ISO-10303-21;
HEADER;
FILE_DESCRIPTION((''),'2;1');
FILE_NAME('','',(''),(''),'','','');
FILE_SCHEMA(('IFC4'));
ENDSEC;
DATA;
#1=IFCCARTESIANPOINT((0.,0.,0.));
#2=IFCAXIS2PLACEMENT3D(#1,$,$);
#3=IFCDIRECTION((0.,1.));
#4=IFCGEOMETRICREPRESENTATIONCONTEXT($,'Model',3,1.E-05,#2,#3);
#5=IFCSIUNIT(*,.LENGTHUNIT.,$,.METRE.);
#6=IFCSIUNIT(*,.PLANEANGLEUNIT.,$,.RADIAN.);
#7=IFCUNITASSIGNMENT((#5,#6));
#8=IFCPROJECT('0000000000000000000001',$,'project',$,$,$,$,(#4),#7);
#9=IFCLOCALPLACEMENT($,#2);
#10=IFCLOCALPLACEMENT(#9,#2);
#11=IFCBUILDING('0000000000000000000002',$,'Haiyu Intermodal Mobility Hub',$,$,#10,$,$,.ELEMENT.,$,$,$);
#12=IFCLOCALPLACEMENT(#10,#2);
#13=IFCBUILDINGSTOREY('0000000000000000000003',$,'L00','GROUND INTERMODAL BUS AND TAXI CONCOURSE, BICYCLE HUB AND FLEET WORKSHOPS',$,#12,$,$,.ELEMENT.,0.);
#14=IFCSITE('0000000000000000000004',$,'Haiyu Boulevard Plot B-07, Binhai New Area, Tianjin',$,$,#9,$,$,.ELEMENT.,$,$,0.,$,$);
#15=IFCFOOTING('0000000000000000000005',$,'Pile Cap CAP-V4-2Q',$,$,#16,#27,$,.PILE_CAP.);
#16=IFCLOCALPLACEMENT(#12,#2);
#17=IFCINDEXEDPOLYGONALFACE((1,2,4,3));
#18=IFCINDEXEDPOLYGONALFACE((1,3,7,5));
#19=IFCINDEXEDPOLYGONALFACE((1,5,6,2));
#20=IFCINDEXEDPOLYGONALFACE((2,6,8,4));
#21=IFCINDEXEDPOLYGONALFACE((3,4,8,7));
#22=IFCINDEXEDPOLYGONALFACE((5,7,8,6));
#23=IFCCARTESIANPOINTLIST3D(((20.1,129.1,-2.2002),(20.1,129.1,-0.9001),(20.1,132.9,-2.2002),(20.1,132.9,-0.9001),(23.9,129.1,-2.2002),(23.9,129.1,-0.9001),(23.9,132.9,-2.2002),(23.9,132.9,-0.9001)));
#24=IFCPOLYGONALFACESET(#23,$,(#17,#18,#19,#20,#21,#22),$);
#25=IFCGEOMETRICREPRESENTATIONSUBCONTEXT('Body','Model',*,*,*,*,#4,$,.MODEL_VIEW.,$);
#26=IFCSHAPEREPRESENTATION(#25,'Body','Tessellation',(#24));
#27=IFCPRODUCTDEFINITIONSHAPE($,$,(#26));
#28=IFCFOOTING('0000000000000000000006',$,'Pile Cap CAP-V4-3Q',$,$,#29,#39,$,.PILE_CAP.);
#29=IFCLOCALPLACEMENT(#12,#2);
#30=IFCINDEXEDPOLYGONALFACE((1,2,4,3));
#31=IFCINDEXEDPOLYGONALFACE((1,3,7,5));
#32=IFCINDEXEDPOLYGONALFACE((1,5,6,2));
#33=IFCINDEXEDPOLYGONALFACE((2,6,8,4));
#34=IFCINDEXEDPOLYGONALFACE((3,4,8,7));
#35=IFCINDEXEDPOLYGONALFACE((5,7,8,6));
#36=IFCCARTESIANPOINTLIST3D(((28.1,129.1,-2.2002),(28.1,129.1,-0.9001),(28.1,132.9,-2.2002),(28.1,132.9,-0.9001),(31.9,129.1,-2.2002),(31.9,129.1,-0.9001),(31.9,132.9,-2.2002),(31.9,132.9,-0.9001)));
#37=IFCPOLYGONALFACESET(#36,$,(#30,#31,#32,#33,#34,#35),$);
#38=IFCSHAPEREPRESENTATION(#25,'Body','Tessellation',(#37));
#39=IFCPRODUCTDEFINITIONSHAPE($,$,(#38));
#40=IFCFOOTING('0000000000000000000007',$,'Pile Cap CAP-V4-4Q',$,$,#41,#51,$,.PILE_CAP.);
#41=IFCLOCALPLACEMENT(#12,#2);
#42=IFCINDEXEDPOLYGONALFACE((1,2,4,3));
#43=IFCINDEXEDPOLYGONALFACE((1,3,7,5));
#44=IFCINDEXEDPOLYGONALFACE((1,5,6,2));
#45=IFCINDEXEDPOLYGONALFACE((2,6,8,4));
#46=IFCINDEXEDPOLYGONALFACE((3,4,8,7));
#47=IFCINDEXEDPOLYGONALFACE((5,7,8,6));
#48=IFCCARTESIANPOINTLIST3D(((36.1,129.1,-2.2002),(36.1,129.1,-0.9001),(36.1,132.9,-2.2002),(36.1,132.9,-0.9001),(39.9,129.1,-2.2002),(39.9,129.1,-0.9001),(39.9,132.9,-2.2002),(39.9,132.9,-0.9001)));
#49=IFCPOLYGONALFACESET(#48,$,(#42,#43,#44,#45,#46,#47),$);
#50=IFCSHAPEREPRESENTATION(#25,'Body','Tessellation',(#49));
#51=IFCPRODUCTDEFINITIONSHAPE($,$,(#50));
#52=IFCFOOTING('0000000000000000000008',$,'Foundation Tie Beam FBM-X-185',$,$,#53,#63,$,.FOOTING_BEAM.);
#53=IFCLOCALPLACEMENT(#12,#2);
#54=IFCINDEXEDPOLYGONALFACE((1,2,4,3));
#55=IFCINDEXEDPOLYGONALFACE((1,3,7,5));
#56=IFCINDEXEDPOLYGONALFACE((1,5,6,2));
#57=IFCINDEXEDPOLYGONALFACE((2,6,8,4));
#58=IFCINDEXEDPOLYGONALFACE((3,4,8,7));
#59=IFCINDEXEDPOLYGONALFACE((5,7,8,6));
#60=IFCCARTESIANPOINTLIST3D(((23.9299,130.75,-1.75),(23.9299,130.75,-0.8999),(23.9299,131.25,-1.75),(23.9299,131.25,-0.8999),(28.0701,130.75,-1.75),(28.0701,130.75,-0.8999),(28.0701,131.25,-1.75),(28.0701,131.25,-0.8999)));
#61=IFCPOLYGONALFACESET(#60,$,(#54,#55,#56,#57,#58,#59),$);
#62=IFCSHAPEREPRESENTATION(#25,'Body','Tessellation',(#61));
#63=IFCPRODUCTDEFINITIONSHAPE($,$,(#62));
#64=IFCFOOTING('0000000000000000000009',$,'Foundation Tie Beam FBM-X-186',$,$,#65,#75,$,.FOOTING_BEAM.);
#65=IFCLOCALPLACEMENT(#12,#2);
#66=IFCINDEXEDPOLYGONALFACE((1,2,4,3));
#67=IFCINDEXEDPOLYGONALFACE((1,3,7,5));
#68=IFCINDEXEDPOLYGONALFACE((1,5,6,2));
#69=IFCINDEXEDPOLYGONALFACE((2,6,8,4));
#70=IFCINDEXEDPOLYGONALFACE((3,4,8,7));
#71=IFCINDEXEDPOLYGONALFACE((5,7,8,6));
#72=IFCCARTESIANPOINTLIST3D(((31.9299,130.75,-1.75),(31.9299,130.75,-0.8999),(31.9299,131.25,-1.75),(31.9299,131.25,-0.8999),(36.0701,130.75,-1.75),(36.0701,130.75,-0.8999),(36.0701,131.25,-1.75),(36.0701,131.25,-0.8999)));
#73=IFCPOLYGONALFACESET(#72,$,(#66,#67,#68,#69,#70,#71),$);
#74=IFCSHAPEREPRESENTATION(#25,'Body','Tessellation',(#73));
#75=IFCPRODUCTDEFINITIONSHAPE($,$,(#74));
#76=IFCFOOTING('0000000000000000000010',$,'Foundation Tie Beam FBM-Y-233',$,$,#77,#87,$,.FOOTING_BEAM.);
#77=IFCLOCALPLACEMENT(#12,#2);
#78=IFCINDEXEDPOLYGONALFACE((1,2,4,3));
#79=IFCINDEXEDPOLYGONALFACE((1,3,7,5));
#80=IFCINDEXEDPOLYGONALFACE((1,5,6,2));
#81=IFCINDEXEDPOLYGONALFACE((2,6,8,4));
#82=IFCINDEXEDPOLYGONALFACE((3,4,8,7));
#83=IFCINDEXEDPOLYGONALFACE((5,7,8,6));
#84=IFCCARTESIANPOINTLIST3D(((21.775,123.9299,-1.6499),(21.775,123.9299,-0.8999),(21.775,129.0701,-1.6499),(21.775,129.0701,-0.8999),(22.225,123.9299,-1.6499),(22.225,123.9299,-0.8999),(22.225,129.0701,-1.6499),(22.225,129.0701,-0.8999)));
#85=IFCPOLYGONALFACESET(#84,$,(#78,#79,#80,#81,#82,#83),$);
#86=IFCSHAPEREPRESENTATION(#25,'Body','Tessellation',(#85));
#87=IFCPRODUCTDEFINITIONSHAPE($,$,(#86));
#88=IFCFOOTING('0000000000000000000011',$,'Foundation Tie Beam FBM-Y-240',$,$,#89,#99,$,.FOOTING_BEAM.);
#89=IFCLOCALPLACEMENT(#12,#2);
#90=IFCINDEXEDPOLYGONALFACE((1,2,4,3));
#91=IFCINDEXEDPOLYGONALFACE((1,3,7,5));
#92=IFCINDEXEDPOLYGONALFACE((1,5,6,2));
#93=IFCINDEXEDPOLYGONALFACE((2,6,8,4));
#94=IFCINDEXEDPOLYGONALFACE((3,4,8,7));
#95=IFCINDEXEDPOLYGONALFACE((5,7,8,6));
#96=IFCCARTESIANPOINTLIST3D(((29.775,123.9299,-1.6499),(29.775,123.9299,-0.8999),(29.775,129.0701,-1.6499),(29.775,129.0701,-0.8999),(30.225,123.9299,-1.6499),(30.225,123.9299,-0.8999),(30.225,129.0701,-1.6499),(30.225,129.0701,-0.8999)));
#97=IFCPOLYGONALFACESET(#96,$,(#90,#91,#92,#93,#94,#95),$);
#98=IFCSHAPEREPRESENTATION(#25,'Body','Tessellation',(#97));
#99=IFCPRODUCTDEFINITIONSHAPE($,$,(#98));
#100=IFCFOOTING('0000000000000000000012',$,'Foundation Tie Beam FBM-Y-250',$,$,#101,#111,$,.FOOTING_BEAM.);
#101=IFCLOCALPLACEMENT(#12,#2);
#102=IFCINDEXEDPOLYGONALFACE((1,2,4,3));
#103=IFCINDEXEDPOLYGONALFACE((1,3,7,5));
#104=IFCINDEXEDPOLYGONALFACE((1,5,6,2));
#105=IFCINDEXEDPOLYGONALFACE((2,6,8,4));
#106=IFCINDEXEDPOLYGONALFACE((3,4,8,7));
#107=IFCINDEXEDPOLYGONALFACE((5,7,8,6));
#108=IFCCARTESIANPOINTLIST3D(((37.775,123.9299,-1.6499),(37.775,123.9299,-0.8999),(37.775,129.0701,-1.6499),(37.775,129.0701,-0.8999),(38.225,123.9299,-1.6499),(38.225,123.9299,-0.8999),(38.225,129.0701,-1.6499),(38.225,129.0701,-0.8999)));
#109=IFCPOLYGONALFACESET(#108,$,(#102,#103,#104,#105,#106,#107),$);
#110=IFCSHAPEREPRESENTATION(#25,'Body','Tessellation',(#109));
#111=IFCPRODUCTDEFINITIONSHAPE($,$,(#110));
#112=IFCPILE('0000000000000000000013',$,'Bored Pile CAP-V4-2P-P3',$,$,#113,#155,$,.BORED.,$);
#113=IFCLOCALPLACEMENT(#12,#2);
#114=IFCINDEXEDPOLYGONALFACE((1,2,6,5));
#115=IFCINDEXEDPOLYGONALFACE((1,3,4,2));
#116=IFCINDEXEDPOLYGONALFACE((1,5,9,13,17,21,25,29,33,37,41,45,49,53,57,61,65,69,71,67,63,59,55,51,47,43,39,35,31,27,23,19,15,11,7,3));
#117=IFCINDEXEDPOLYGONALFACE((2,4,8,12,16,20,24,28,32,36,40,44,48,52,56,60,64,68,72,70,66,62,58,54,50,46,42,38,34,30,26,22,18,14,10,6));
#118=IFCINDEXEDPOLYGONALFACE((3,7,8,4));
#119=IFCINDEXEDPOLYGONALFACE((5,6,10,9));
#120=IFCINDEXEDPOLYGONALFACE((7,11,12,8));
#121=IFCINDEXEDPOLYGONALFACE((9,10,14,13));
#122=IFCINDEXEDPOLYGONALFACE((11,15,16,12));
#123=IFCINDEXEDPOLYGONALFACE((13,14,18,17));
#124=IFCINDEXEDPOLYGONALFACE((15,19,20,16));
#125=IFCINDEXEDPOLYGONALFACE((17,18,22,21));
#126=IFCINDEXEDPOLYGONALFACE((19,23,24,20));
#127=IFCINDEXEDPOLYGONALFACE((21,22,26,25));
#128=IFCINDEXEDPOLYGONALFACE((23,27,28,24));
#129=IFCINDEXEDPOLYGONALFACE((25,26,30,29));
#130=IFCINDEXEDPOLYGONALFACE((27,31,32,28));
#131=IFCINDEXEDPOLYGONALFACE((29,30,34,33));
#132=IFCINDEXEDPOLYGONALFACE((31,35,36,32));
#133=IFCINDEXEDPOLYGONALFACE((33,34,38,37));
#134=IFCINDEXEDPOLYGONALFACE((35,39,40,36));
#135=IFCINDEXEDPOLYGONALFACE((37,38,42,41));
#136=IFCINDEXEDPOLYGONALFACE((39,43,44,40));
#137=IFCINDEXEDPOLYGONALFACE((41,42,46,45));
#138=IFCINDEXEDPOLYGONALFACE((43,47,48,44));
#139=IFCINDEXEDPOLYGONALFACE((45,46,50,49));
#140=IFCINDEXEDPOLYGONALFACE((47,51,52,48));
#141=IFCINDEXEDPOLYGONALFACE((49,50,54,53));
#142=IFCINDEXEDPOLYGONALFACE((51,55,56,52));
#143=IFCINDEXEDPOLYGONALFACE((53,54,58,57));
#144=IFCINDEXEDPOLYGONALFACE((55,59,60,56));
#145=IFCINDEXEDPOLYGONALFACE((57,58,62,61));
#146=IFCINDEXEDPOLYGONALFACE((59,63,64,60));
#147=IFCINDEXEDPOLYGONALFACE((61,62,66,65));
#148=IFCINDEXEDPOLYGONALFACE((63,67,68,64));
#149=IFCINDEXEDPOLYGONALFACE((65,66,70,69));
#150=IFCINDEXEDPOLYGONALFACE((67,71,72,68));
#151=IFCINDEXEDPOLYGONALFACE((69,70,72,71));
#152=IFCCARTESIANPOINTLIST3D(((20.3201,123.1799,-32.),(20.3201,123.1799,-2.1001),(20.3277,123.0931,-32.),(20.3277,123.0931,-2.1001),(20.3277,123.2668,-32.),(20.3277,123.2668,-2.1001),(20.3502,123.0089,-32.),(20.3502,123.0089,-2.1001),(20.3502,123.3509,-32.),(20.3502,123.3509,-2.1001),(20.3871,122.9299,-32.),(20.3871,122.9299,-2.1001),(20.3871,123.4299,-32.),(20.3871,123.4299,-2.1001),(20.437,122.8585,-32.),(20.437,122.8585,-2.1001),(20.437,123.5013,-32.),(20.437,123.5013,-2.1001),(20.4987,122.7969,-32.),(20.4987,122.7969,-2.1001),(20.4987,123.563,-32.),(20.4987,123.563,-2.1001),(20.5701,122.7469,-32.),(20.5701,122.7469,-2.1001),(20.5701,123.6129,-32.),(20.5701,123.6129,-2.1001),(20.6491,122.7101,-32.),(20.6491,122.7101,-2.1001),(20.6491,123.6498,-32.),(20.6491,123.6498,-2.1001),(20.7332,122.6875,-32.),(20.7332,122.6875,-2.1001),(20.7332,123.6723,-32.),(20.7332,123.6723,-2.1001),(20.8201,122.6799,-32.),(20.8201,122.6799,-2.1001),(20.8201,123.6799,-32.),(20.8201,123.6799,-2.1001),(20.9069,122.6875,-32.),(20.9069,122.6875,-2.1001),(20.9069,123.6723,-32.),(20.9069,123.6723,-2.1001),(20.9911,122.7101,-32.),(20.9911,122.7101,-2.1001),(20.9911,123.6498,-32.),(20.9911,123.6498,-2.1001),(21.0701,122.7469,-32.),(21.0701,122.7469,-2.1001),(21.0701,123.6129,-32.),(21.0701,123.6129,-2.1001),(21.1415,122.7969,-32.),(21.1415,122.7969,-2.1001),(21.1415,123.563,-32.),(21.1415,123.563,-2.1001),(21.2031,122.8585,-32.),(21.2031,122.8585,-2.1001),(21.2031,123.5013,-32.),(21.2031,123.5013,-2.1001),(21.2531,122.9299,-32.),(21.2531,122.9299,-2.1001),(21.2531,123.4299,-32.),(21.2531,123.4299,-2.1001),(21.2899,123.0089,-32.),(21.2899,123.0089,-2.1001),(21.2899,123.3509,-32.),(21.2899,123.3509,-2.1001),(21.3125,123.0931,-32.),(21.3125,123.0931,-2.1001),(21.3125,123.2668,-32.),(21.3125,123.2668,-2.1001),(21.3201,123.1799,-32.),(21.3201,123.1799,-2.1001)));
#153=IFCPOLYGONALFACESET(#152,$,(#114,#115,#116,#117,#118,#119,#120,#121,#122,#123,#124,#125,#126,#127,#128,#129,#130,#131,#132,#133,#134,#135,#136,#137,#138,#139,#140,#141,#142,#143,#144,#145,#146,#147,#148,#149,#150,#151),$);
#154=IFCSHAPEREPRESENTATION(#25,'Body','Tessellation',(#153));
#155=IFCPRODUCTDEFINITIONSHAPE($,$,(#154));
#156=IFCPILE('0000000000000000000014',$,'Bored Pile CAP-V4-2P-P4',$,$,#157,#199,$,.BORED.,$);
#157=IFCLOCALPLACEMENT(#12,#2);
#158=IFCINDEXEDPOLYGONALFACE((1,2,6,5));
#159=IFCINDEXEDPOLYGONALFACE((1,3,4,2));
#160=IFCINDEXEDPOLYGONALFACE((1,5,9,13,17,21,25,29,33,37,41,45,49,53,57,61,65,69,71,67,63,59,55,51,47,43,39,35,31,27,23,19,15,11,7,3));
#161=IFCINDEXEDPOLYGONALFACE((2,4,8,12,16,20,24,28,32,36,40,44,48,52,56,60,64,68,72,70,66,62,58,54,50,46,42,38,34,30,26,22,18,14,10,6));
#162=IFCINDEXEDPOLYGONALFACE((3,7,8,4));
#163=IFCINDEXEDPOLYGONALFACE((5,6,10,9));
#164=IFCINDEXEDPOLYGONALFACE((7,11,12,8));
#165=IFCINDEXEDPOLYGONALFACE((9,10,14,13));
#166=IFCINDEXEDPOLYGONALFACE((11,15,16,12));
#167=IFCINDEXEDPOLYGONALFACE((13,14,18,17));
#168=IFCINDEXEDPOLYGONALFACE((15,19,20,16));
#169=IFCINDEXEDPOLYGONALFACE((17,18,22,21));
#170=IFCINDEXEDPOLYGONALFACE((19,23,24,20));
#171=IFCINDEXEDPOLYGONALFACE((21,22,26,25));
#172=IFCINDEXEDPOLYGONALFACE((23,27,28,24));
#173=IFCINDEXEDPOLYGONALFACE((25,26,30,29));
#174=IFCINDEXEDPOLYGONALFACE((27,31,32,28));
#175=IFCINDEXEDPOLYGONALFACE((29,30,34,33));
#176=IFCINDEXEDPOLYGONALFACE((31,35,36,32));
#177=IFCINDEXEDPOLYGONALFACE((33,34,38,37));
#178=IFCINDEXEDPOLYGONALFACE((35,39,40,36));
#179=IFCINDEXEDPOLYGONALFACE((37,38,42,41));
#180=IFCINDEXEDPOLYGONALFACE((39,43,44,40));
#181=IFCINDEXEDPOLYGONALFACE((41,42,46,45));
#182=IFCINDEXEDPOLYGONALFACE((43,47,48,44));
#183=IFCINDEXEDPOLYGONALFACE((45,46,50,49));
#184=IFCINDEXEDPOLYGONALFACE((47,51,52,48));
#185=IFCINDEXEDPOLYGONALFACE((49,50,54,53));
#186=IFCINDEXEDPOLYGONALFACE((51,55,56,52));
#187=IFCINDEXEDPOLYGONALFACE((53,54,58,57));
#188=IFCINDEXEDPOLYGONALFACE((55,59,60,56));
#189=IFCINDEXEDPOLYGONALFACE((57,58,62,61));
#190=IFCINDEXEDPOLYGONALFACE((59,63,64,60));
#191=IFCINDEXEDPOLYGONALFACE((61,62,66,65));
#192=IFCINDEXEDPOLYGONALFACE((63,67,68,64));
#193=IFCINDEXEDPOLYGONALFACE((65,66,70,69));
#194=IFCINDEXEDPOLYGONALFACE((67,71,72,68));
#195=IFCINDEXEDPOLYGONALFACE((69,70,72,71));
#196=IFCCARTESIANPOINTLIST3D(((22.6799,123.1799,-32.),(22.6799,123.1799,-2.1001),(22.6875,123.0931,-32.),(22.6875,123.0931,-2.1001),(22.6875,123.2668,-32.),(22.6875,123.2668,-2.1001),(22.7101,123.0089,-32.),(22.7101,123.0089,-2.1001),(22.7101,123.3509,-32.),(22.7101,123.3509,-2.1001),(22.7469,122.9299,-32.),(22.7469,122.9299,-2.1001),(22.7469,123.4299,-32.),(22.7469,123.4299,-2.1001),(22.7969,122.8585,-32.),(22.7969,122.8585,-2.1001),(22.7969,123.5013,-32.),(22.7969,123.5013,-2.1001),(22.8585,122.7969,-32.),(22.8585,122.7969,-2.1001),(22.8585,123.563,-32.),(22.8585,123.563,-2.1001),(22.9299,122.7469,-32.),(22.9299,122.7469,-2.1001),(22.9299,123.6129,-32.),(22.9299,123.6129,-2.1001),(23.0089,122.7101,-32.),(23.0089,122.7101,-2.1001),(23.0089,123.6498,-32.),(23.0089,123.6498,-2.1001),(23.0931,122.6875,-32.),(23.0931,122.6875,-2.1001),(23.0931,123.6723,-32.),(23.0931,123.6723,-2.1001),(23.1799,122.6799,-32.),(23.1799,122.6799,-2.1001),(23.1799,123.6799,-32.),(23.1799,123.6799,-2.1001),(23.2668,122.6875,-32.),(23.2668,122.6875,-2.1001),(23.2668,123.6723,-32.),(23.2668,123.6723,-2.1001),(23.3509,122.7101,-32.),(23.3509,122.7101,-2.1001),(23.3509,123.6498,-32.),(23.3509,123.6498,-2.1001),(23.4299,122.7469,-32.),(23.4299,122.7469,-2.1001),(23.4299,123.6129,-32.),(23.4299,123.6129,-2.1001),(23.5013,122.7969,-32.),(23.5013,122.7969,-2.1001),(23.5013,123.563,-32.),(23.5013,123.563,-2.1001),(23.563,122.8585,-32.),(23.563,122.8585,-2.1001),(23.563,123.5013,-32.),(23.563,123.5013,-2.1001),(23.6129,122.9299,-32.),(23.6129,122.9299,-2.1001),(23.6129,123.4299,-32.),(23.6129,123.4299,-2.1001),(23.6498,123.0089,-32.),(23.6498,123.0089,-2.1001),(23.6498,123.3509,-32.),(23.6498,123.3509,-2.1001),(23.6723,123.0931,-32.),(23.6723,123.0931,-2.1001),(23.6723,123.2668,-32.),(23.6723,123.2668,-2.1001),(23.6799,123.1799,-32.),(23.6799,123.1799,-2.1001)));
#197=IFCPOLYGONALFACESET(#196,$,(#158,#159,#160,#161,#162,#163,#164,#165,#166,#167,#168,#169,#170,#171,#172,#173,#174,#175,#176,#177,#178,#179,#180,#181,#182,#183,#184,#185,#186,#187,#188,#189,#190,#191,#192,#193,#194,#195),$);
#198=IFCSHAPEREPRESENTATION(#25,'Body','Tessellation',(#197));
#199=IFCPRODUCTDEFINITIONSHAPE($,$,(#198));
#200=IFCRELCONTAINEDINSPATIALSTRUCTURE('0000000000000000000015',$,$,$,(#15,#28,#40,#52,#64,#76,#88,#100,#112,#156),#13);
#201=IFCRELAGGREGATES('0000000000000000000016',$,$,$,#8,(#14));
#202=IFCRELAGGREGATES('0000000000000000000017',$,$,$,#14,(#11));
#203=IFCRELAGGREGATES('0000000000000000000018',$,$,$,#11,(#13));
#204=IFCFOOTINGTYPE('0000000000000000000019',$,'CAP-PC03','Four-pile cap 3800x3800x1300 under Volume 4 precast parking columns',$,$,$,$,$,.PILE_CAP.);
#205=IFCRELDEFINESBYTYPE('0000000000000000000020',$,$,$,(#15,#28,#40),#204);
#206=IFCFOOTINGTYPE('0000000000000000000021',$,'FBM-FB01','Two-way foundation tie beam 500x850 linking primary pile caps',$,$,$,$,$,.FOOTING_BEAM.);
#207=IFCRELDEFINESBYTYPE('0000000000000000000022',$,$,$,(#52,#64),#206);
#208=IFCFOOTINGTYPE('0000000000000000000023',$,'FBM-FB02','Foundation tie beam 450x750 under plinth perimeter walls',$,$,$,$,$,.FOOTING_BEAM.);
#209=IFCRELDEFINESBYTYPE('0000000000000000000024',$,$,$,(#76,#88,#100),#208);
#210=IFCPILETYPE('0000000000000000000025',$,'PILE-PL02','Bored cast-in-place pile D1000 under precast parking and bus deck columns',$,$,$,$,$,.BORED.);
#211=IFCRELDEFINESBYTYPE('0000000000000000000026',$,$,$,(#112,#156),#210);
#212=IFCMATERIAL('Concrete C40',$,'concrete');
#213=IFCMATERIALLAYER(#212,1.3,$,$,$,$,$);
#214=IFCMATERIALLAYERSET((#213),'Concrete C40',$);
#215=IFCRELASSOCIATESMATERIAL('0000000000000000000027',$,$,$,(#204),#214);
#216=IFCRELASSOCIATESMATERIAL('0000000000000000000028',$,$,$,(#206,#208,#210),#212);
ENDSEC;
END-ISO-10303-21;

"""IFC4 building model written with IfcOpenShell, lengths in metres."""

from ifc_helpers import new_model, si_unit, direction, frame, origin, origin_2d, place, context, subcontext, project, spatial, rectangle, circle, extrude, material, layer, layer_set, material_profile, profile_set, type_object, element, save


model = new_model("IFC4")

# Units and contexts
model_context = context("Model", 3, precision=1e-05, world=origin(), true_north=direction((0.0, 1.0)))
body_context = subcontext(model_context, "Body", "Model", "MODEL_VIEW")
ifc_project = project(units=[si_unit("LENGTHUNIT", "METRE"), si_unit("PLANEANGLEUNIT", "RADIAN")], contexts=[model_context])

# Site, building, storey
site_placement = place(None, origin())
site = spatial("IfcSite", under=ifc_project, at=site_placement, Name="Haiyu Boulevard Plot B-07, Binhai New Area, Tianjin", CompositionType="ELEMENT", RefElevation=0.0)
building_placement = place(site_placement, origin())
building = spatial("IfcBuilding", under=site, at=building_placement, Name="Haiyu Intermodal Mobility Hub", CompositionType="ELEMENT")
storey_placement = place(building_placement, origin())
storey = spatial("IfcBuildingStorey", under=building, at=storey_placement, Name="L00", Description="GROUND INTERMODAL BUS AND TAXI CONCOURSE, BICYCLE HUB AND FLEET WORKSHOPS", CompositionType="ELEMENT", Elevation=0.0)

# Footings
ifc_material_1 = material(Name="Concrete C40", Category="concrete")
ifc_layer = layer(ifc_material_1, 1.3)
ifc_layer_set = layer_set([ifc_layer], Name="Concrete C40")
footing_type_1 = type_object("IfcFootingType", Name="CAP-PC03", Description="Four-pile cap 3800x3800x1300 under Volume 4 precast parking columns", PredefinedType="PILE_CAP", material=ifc_layer_set)
for number, where, z_axis, x_axis, name in (
    (1, (22.0, 131.0, -2.2002), (0.0, 0.0, 1.0), (1.0, 0.0, 0.0), "Pile Cap CAP-V4-2Q"),
    (2, (30.0, 131.0, -2.2002), (0.0, 0.0, 1.0), (1.0, 0.0, 0.0), "Pile Cap CAP-V4-3Q"),
    (3, (38.0, 131.0, -2.2002), (0.0, 0.0, 1.0), (1.0, 0.0, 0.0), "Pile Cap CAP-V4-4Q"),
):
    element("IfcFooting", number, at=place(storey_placement, frame(where, z_axis=z_axis, x_axis=x_axis)), inside=storey, type_object=footing_type_1, Name=name, PredefinedType="PILE_CAP", context=body_context, shape_type="SweptSolid", body=[
        extrude(rectangle(XDim=3.8, YDim=3.8, at=origin_2d()), origin(), (0.0, 0.0, 1.0), 1.3),
    ])
ifc_material_profile_1 = material_profile(ifc_material_1, rectangle(XDim=0.5, YDim=0.8501, at=origin_2d()), Name="FB500x850")
ifc_profile_set_1 = profile_set([ifc_material_profile_1], Name="Concrete C40")
footing_type_2 = type_object("IfcFootingType", Name="FBM-FB01", Description="Two-way foundation tie beam 500x850 linking primary pile caps", PredefinedType="FOOTING_BEAM", material=ifc_profile_set_1)
for number, where, z_axis, x_axis, name in (
    (4, (23.9299, 131.0, -1.325), (1.0, 0.0, 0.0), (0.0, 1.0, 0.0), "Foundation Tie Beam FBM-X-185"),
    (5, (31.9299, 131.0, -1.325), (1.0, 0.0, 0.0), (0.0, 1.0, 0.0), "Foundation Tie Beam FBM-X-186"),
):
    element("IfcFooting", number, at=place(storey_placement, frame(where, z_axis=z_axis, x_axis=x_axis)), inside=storey, type_object=footing_type_2, Name=name, PredefinedType="FOOTING_BEAM", context=body_context, shape_type="SweptSolid", body=[
        extrude(rectangle(XDim=0.5, YDim=0.8501, at=origin_2d()), origin(), (0.0, 0.0, 1.0), 4.1401),
    ])
ifc_material_profile_2 = material_profile(ifc_material_1, rectangle(XDim=0.45, YDim=0.75, at=origin_2d()), Name="FB450x750")
ifc_profile_set_2 = profile_set([ifc_material_profile_2], Name="Concrete C40")
footing_type_3 = type_object("IfcFootingType", Name="FBM-FB02", Description="Foundation tie beam 450x750 under plinth perimeter walls", PredefinedType="FOOTING_BEAM", material=ifc_profile_set_2)
for number, where, z_axis, x_axis, name in (
    (6, (22.0, 123.9299, -1.2749), (0.0, 1.0, 0.0), (-1.0, 0.0, 0.0), "Foundation Tie Beam FBM-Y-233"),
    (7, (30.0, 123.9299, -1.2749), (0.0, 1.0, 0.0), (-1.0, 0.0, 0.0), "Foundation Tie Beam FBM-Y-240"),
    (8, (38.0, 123.9299, -1.2749), (0.0, 1.0, 0.0), (-1.0, 0.0, 0.0), "Foundation Tie Beam FBM-Y-250"),
):
    element("IfcFooting", number, at=place(storey_placement, frame(where, z_axis=z_axis, x_axis=x_axis)), inside=storey, type_object=footing_type_3, Name=name, PredefinedType="FOOTING_BEAM", context=body_context, shape_type="SweptSolid", body=[
        extrude(rectangle(XDim=0.45, YDim=0.75, at=origin_2d()), origin(), (0.0, 0.0, 1.0), 5.1401),
    ])

# Piles
ifc_material_profile_3 = material_profile(ifc_material_1, circle(Radius=0.5, at=origin_2d()), Name="PILE-D1000")
ifc_profile_set_3 = profile_set([ifc_material_profile_3], Name="Concrete C40")
pile_type = type_object("IfcPileType", Name="PILE-PL02", Description="Bored cast-in-place pile D1000 under precast parking and bus deck columns", PredefinedType="BORED", material=ifc_profile_set_3)
for number, where, z_axis, x_axis, name in (
    (9, (20.8201, 123.1799, -2.1001), (0.0, 0.0, -1.0), (1.0, 0.0, 0.0), "Bored Pile CAP-V4-2P-P3"),
    (10, (23.1799, 123.1799, -2.1001), (0.0, 0.0, -1.0), (1.0, 0.0, 0.0), "Bored Pile CAP-V4-2P-P4"),
):
    element("IfcPile", number, at=place(storey_placement, frame(where, z_axis=z_axis, x_axis=x_axis)), inside=storey, type_object=pile_type, Name=name, PredefinedType="BORED", context=body_context, shape_type="SweptSolid", body=[
        extrude(circle(Radius=0.5, at=origin_2d()), origin(), (0.0, 0.0, 1.0), 29.8999),
    ])

save(model, "model.ifc")
